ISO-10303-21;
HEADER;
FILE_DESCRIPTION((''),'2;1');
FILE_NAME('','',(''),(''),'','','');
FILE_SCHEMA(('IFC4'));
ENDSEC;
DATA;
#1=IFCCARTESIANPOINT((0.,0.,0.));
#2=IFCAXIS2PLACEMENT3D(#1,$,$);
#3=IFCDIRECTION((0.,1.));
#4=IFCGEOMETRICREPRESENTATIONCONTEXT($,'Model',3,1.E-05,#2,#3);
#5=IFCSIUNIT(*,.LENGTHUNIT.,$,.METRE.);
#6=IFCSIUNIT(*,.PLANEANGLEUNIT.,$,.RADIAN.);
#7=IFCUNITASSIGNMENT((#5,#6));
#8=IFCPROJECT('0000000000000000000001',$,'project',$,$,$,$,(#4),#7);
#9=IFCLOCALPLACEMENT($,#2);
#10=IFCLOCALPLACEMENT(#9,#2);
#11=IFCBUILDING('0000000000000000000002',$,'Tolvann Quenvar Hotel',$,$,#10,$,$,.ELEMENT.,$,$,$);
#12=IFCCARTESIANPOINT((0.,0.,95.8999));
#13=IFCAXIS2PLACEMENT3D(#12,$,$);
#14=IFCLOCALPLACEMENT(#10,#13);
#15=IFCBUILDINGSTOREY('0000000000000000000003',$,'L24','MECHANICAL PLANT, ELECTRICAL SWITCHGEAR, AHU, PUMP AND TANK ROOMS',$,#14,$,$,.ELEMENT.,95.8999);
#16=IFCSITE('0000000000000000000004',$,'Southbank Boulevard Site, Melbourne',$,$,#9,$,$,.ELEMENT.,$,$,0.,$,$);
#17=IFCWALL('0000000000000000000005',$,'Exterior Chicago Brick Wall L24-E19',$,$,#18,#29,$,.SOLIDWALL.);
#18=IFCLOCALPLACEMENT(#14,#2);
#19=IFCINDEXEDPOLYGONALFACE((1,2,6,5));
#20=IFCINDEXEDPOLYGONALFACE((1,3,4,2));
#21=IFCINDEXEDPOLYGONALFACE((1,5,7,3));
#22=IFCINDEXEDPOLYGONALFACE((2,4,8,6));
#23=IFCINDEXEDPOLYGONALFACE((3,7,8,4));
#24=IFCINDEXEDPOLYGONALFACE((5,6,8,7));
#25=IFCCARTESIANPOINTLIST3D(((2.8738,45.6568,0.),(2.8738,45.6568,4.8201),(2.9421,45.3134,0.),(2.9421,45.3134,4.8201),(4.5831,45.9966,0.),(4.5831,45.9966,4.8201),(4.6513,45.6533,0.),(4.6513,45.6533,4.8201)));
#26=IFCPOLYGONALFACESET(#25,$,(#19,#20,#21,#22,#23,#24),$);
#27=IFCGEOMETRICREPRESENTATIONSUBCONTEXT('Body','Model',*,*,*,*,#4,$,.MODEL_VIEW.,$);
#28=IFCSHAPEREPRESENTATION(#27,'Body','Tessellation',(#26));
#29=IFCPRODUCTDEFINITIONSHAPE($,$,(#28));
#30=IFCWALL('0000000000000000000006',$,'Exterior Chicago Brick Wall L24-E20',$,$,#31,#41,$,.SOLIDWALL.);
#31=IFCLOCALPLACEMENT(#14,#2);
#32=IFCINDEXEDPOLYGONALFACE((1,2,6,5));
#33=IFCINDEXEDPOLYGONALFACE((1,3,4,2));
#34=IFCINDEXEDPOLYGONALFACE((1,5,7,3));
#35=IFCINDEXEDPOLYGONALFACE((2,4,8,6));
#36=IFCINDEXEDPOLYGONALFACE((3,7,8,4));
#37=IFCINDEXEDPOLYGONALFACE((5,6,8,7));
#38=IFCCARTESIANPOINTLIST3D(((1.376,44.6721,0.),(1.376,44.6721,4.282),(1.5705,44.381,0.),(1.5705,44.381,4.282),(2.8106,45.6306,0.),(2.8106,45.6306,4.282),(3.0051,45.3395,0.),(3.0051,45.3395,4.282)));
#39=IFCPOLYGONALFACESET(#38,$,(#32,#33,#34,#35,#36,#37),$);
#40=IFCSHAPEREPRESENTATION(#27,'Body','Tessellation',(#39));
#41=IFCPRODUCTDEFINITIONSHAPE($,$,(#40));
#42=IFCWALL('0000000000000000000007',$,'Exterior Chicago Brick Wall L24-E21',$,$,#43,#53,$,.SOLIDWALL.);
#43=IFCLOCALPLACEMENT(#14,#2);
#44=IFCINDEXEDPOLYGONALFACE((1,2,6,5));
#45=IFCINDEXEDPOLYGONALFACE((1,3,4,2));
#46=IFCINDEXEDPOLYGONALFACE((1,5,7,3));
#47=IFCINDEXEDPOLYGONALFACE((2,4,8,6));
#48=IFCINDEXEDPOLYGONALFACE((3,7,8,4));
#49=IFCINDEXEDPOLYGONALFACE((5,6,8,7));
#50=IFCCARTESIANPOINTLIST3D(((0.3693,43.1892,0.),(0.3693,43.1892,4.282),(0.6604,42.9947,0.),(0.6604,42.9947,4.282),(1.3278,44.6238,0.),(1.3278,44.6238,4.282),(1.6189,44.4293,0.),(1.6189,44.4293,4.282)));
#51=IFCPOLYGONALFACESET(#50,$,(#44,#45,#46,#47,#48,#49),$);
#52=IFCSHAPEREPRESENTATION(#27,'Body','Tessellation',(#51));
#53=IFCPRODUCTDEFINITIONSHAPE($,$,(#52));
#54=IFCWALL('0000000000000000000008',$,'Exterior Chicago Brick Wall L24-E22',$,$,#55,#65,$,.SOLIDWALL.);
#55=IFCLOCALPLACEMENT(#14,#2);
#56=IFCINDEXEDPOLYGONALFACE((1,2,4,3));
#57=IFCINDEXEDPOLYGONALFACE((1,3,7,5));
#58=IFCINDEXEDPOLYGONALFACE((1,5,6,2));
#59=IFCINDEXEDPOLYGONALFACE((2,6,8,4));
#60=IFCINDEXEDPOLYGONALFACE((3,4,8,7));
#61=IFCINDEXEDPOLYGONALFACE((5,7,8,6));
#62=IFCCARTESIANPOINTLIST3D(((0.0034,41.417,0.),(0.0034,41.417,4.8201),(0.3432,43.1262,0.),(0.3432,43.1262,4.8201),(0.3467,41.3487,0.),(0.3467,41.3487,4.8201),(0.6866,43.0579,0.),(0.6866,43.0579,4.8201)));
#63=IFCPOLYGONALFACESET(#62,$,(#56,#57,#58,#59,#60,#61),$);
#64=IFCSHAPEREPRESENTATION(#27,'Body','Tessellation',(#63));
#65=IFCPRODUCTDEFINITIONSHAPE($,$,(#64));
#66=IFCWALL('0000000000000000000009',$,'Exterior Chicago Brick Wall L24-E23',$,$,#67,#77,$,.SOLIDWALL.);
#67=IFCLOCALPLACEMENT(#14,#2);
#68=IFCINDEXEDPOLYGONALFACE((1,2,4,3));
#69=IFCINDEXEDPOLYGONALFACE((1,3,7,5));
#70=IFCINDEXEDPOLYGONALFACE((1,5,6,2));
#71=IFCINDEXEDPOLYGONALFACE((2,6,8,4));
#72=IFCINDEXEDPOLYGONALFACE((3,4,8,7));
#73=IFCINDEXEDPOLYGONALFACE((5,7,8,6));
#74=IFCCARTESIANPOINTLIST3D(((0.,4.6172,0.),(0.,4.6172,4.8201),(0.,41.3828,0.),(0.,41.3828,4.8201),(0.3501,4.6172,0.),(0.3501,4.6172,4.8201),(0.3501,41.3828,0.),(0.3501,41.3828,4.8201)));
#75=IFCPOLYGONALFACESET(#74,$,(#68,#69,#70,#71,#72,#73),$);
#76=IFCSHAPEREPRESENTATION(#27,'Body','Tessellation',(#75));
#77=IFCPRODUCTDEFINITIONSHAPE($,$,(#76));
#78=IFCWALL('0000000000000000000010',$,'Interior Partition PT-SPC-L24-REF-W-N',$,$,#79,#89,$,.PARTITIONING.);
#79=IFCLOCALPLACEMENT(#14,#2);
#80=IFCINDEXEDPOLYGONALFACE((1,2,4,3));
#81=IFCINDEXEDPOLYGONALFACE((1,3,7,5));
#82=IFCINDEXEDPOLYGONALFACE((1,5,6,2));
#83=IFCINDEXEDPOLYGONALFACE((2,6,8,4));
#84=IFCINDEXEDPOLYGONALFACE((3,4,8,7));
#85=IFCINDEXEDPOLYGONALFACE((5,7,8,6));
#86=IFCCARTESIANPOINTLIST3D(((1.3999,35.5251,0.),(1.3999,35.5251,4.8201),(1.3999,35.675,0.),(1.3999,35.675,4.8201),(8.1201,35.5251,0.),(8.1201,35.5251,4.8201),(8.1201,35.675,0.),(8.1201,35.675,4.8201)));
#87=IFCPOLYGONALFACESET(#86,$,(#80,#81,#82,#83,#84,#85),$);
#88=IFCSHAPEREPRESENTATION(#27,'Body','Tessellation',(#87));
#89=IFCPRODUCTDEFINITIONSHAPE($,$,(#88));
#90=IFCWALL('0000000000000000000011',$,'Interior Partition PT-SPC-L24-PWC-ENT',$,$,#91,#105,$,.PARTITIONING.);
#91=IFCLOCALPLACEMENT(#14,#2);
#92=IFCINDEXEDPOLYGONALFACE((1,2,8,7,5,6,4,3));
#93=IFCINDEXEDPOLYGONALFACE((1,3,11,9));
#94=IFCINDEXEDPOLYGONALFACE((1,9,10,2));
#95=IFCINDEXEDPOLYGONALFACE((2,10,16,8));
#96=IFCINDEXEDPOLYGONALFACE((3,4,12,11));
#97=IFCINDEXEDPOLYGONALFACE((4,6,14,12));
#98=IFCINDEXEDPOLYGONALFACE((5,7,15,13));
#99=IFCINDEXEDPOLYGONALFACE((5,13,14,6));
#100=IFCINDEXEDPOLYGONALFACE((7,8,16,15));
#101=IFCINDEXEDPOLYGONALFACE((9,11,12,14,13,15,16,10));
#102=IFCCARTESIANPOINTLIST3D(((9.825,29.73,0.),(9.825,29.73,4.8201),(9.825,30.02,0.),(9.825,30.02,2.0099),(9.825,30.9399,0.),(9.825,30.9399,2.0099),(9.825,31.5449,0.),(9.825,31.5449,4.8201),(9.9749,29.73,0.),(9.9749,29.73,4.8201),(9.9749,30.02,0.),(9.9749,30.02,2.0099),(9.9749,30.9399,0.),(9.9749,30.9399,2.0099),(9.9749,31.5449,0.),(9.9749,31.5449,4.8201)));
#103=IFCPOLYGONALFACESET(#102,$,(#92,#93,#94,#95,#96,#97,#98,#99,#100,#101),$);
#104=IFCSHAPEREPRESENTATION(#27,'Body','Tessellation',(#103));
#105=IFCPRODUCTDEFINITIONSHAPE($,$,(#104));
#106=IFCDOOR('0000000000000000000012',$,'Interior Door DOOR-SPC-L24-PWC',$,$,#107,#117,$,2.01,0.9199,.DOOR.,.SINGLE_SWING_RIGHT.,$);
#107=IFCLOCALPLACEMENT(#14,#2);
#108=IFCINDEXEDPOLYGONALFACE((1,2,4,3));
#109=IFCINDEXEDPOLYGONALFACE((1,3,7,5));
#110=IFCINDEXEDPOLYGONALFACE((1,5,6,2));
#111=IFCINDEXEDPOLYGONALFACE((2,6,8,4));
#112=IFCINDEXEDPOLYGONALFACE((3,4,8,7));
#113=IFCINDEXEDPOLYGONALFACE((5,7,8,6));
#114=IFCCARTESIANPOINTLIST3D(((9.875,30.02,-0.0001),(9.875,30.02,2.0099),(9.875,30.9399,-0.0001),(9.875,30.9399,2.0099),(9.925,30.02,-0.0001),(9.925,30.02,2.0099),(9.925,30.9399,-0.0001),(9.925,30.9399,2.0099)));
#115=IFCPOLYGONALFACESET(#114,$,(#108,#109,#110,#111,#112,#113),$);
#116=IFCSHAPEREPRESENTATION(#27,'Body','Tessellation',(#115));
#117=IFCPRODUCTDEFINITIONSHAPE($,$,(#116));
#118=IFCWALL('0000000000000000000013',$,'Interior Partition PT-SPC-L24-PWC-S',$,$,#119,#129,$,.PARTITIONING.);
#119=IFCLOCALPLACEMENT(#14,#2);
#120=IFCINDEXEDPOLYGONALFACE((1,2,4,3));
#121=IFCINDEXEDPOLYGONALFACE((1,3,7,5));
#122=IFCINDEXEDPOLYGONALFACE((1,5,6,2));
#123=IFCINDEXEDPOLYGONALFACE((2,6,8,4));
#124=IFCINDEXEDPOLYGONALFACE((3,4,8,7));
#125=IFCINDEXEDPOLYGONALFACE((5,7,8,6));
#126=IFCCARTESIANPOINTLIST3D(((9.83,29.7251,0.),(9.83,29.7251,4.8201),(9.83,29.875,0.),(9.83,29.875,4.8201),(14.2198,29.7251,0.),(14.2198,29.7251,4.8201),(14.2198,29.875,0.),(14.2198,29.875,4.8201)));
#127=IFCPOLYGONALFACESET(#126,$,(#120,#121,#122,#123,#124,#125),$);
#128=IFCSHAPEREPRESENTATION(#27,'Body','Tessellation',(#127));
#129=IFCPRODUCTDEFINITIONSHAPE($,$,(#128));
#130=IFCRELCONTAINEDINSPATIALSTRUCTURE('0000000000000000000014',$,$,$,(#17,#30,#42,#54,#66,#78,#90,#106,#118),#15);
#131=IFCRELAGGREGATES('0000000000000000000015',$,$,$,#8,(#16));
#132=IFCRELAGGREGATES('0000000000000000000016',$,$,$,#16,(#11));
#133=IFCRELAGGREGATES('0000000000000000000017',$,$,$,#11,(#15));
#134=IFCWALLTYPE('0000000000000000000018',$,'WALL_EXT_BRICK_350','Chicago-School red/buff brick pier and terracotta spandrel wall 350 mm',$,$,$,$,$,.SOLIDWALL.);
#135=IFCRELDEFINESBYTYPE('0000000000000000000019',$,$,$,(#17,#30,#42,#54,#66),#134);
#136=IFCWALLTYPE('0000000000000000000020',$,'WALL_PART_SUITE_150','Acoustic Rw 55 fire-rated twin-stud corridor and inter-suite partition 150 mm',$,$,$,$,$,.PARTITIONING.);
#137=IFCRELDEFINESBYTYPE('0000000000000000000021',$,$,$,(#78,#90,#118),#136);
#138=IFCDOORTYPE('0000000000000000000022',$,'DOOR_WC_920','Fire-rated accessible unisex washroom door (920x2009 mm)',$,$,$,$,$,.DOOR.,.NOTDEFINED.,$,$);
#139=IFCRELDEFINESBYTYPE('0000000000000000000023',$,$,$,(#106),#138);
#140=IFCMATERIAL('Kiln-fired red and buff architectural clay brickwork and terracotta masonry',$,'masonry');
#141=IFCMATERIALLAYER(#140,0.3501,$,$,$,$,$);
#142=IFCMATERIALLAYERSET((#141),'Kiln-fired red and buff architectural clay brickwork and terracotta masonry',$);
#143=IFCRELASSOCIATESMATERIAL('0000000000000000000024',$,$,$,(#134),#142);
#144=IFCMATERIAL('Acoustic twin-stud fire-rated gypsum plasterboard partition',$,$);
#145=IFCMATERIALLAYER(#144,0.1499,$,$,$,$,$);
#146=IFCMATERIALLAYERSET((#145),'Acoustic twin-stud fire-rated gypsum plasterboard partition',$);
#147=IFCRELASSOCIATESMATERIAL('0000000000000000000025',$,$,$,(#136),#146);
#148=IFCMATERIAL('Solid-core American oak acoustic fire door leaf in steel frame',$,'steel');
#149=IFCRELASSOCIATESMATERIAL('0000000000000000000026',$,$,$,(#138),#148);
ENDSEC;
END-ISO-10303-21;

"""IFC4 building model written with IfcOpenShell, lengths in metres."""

from ifc_helpers import new_model, si_unit, direction, frame, frame_2d, origin, place, context, subcontext, project, spatial, rectangle, extrude, source, transform, mapped, material, layer, layer_set, type_object, type_shapes, element, fill, save


model = new_model("IFC4")

# Units and contexts
model_context = context("Model", 3, precision=1e-05, world=origin(), true_north=direction((0.0, 1.0)))
body_context = subcontext(model_context, "Body", "Model", "MODEL_VIEW")
ifc_project = project(units=[si_unit("LENGTHUNIT", "METRE"), si_unit("PLANEANGLEUNIT", "RADIAN")], contexts=[model_context])

# Site, building, storey
site_placement = place(None, origin())
site = spatial("IfcSite", under=ifc_project, at=site_placement, Name="Southbank Boulevard Site, Melbourne", CompositionType="ELEMENT", RefElevation=0.0)
building_placement = place(site_placement, origin())
building = spatial("IfcBuilding", under=site, at=building_placement, Name="Tolvann Quenvar Hotel", CompositionType="ELEMENT")
storey_placement = place(building_placement, frame((0.0, 0.0, 95.8999)))
storey = spatial("IfcBuildingStorey", under=building, at=storey_placement, Name="L24", Description="MECHANICAL PLANT, ELECTRICAL SWITCHGEAR, AHU, PUMP AND TANK ROOMS", CompositionType="ELEMENT", Elevation=95.8999)

# Shared definitions
ifc_material_1 = material(Name="Solid-core American oak acoustic fire door leaf in steel frame", Category="steel")

# Walls
ifc_material_2 = material(Name="Kiln-fired red and buff architectural clay brickwork and terracotta masonry", Category="masonry")
ifc_layer_1 = layer(ifc_material_2, 0.3501)
ifc_layer_set_1 = layer_set([ifc_layer_1], Name="Kiln-fired red and buff architectural clay brickwork and terracotta masonry")
wall_type_1 = type_object("IfcWallType", Name="WALL_EXT_BRICK_350", Description="Chicago-School red/buff brick pier and terracotta spandrel wall 350 mm", PredefinedType="SOLIDWALL", material=ifc_layer_set_1)
wall_1_placement = place(storey_placement, frame((4.6172, 45.825, 0.0), z_axis=(0.0, 0.0, 1.0), x_axis=(-0.980801, -0.195011, 0.0)))
element("IfcWall", 1, at=wall_1_placement, inside=storey, type_object=wall_type_1, Name="Exterior Chicago Brick Wall L24-E19", PredefinedType="SOLIDWALL", context=body_context, shape_type="SweptSolid", body=[
    extrude(rectangle(XDim=1.7427, YDim=0.3501, at=frame_2d((0.8713, 0.0))), origin(), (0.0, 0.0, 1.0), 4.8201),
])
for number, where, z_axis, x_axis, name in (
    (2, (2.908, 45.4851, 0.0), (0.0, 0.0, 1.0), (-0.831484, -0.555549, 0.0), "Exterior Chicago Brick Wall L24-E20"),
    (3, (1.4734, 44.5266, 0.0), (0.0, 0.0, 1.0), (-0.555549, -0.831484, 0.0), "Exterior Chicago Brick Wall L24-E21"),
):
    element("IfcWall", number, at=place(storey_placement, frame(where, z_axis=z_axis, x_axis=x_axis)), inside=storey, type_object=wall_type_1, Name=name, PredefinedType="SOLIDWALL", context=body_context, shape_type="SweptSolid", body=[
        extrude(rectangle(XDim=1.7253, YDim=0.3501, at=frame_2d((0.8628, 0.0))), origin(), (0.0, 0.0, 1.0), 4.282),
    ])
wall_2_placement = place(storey_placement, frame((0.5149, 43.092, 0.0), z_axis=(0.0, 0.0, 1.0), x_axis=(-0.195011, -0.980801, 0.0)))
element("IfcWall", 4, at=wall_2_placement, inside=storey, type_object=wall_type_1, Name="Exterior Chicago Brick Wall L24-E22", PredefinedType="SOLIDWALL", context=body_context, shape_type="SweptSolid", body=[
    extrude(rectangle(XDim=1.7427, YDim=0.3501, at=frame_2d((0.8713, 0.0))), origin(), (0.0, 0.0, 1.0), 4.8201),
])
wall_3_placement = place(storey_placement, frame((0.175, 41.3828, 0.0), z_axis=(0.0, 0.0, 1.0), x_axis=(0.0, -1.0, 0.0)))
element("IfcWall", 5, at=wall_3_placement, inside=storey, type_object=wall_type_1, Name="Exterior Chicago Brick Wall L24-E23", PredefinedType="SOLIDWALL", context=body_context, shape_type="SweptSolid", body=[
    extrude(rectangle(XDim=36.7656, YDim=0.3501, at=frame_2d((18.3828, 0.0))), origin(), (0.0, 0.0, 1.0), 4.8201),
])
ifc_material_3 = material(Name="Acoustic twin-stud fire-rated gypsum plasterboard partition")
ifc_layer_2 = layer(ifc_material_3, 0.1499)
ifc_layer_set_2 = layer_set([ifc_layer_2], Name="Acoustic twin-stud fire-rated gypsum plasterboard partition")
wall_type_2 = type_object("IfcWallType", Name="WALL_PART_SUITE_150", Description="Acoustic Rw 55 fire-rated twin-stud corridor and inter-suite partition 150 mm", PredefinedType="PARTITIONING", material=ifc_layer_set_2)
wall_4_placement = place(storey_placement, frame((1.3999, 35.6001, 0.0), z_axis=(0.0, 0.0, 1.0), x_axis=(1.0, 0.0, 0.0)))
element("IfcWall", 6, at=wall_4_placement, inside=storey, type_object=wall_type_2, Name="Interior Partition PT-SPC-L24-REF-W-N", PredefinedType="PARTITIONING", context=body_context, shape_type="SweptSolid", body=[
    extrude(rectangle(XDim=6.7202, YDim=0.1499, at=frame_2d((3.3601, 0.0))), origin(), (0.0, 0.0, 1.0), 4.8201),
])

# Wall, opening, door
wall_5_placement = place(storey_placement, frame((9.8999, 29.73, 0.0), z_axis=(0.0, 0.0, 1.0), x_axis=(0.0, 1.0, 0.0)))
wall_5 = element("IfcWall", 7, at=wall_5_placement, inside=storey, type_object=wall_type_2, Name="Interior Partition PT-SPC-L24-PWC-ENT", PredefinedType="PARTITIONING", context=body_context, shape_type="SweptSolid", body=[
    extrude(rectangle(XDim=1.8149, YDim=0.1499, at=frame_2d((0.9075, 0.0))), origin(), (0.0, 0.0, 1.0), 4.8201),
])
opening_1_placement = place(wall_5_placement, frame((0.29, 0.0, 0.0)))
opening_1 = element("IfcOpeningElement", 8, at=opening_1_placement, cuts=wall_5, PredefinedType="OPENING", context=body_context, shape_type="SweptSolid", body=[
    extrude(rectangle(XDim=0.9199, YDim=2.01, at=frame_2d((0.46, 1.0049))), frame((0.0, 0.085, 0.0), z_axis=(0.0, -1.0, 0.0), x_axis=(1.0, 0.0, 0.0)), (0.0, 0.0, 1.0), 0.1699),
])
door_type_1 = type_object("IfcDoorType", Name="DOOR_WC_920", Description="Fire-rated accessible unisex washroom door (920x2009 mm)", OperationType="NOTDEFINED", PredefinedType="DOOR", material=ifc_material_1)
shared_shape_1 = source(origin(), body_context, "Body", "SweptSolid", [
    extrude(rectangle(XDim=0.9199, YDim=2.01, at=frame_2d((0.46, 1.0049))), frame((0.0, 0.0249, 0.0), z_axis=(0.0, -1.0, 0.0), x_axis=(1.0, 0.0, 0.0)), (0.0, 0.0, 1.0), 0.05),
])
type_shapes(door_type_1, [shared_shape_1])
door_1_placement = place(opening_1_placement, origin())
door_1 = element("IfcDoor", 9, at=door_1_placement, inside=storey, type_object=door_type_1, Name="Interior Door DOOR-SPC-L24-PWC", OperationType="SINGLE_SWING_RIGHT", OverallHeight=2.01, OverallWidth=0.9199, PredefinedType="DOOR", context=body_context, shape_type="MappedRepresentation", body=[
    mapped(shared_shape_1, transform((0.0, 0.0, 0.0), x_axis=(1.0, 0.0, 0.0), y_axis=(0.0, 1.0, 0.0), z_axis=(0.0, 0.0, 1.0), scale=1.0)),
])
fill(opening_1, door_1)

# Wall
wall_6_placement = place(storey_placement, frame((9.8301, 29.8, 0.0), z_axis=(0.0, 0.0, 1.0), x_axis=(1.0, 0.0, 0.0)))
element("IfcWall", 10, at=wall_6_placement, inside=storey, type_object=wall_type_2, Name="Interior Partition PT-SPC-L24-PWC-S", PredefinedType="PARTITIONING", context=body_context, shape_type="SweptSolid", body=[
    extrude(rectangle(XDim=4.3899, YDim=0.1499, at=frame_2d((2.1948, 0.0))), origin(), (0.0, 0.0, 1.0), 4.8201),
])

save(model, "model.ifc")
